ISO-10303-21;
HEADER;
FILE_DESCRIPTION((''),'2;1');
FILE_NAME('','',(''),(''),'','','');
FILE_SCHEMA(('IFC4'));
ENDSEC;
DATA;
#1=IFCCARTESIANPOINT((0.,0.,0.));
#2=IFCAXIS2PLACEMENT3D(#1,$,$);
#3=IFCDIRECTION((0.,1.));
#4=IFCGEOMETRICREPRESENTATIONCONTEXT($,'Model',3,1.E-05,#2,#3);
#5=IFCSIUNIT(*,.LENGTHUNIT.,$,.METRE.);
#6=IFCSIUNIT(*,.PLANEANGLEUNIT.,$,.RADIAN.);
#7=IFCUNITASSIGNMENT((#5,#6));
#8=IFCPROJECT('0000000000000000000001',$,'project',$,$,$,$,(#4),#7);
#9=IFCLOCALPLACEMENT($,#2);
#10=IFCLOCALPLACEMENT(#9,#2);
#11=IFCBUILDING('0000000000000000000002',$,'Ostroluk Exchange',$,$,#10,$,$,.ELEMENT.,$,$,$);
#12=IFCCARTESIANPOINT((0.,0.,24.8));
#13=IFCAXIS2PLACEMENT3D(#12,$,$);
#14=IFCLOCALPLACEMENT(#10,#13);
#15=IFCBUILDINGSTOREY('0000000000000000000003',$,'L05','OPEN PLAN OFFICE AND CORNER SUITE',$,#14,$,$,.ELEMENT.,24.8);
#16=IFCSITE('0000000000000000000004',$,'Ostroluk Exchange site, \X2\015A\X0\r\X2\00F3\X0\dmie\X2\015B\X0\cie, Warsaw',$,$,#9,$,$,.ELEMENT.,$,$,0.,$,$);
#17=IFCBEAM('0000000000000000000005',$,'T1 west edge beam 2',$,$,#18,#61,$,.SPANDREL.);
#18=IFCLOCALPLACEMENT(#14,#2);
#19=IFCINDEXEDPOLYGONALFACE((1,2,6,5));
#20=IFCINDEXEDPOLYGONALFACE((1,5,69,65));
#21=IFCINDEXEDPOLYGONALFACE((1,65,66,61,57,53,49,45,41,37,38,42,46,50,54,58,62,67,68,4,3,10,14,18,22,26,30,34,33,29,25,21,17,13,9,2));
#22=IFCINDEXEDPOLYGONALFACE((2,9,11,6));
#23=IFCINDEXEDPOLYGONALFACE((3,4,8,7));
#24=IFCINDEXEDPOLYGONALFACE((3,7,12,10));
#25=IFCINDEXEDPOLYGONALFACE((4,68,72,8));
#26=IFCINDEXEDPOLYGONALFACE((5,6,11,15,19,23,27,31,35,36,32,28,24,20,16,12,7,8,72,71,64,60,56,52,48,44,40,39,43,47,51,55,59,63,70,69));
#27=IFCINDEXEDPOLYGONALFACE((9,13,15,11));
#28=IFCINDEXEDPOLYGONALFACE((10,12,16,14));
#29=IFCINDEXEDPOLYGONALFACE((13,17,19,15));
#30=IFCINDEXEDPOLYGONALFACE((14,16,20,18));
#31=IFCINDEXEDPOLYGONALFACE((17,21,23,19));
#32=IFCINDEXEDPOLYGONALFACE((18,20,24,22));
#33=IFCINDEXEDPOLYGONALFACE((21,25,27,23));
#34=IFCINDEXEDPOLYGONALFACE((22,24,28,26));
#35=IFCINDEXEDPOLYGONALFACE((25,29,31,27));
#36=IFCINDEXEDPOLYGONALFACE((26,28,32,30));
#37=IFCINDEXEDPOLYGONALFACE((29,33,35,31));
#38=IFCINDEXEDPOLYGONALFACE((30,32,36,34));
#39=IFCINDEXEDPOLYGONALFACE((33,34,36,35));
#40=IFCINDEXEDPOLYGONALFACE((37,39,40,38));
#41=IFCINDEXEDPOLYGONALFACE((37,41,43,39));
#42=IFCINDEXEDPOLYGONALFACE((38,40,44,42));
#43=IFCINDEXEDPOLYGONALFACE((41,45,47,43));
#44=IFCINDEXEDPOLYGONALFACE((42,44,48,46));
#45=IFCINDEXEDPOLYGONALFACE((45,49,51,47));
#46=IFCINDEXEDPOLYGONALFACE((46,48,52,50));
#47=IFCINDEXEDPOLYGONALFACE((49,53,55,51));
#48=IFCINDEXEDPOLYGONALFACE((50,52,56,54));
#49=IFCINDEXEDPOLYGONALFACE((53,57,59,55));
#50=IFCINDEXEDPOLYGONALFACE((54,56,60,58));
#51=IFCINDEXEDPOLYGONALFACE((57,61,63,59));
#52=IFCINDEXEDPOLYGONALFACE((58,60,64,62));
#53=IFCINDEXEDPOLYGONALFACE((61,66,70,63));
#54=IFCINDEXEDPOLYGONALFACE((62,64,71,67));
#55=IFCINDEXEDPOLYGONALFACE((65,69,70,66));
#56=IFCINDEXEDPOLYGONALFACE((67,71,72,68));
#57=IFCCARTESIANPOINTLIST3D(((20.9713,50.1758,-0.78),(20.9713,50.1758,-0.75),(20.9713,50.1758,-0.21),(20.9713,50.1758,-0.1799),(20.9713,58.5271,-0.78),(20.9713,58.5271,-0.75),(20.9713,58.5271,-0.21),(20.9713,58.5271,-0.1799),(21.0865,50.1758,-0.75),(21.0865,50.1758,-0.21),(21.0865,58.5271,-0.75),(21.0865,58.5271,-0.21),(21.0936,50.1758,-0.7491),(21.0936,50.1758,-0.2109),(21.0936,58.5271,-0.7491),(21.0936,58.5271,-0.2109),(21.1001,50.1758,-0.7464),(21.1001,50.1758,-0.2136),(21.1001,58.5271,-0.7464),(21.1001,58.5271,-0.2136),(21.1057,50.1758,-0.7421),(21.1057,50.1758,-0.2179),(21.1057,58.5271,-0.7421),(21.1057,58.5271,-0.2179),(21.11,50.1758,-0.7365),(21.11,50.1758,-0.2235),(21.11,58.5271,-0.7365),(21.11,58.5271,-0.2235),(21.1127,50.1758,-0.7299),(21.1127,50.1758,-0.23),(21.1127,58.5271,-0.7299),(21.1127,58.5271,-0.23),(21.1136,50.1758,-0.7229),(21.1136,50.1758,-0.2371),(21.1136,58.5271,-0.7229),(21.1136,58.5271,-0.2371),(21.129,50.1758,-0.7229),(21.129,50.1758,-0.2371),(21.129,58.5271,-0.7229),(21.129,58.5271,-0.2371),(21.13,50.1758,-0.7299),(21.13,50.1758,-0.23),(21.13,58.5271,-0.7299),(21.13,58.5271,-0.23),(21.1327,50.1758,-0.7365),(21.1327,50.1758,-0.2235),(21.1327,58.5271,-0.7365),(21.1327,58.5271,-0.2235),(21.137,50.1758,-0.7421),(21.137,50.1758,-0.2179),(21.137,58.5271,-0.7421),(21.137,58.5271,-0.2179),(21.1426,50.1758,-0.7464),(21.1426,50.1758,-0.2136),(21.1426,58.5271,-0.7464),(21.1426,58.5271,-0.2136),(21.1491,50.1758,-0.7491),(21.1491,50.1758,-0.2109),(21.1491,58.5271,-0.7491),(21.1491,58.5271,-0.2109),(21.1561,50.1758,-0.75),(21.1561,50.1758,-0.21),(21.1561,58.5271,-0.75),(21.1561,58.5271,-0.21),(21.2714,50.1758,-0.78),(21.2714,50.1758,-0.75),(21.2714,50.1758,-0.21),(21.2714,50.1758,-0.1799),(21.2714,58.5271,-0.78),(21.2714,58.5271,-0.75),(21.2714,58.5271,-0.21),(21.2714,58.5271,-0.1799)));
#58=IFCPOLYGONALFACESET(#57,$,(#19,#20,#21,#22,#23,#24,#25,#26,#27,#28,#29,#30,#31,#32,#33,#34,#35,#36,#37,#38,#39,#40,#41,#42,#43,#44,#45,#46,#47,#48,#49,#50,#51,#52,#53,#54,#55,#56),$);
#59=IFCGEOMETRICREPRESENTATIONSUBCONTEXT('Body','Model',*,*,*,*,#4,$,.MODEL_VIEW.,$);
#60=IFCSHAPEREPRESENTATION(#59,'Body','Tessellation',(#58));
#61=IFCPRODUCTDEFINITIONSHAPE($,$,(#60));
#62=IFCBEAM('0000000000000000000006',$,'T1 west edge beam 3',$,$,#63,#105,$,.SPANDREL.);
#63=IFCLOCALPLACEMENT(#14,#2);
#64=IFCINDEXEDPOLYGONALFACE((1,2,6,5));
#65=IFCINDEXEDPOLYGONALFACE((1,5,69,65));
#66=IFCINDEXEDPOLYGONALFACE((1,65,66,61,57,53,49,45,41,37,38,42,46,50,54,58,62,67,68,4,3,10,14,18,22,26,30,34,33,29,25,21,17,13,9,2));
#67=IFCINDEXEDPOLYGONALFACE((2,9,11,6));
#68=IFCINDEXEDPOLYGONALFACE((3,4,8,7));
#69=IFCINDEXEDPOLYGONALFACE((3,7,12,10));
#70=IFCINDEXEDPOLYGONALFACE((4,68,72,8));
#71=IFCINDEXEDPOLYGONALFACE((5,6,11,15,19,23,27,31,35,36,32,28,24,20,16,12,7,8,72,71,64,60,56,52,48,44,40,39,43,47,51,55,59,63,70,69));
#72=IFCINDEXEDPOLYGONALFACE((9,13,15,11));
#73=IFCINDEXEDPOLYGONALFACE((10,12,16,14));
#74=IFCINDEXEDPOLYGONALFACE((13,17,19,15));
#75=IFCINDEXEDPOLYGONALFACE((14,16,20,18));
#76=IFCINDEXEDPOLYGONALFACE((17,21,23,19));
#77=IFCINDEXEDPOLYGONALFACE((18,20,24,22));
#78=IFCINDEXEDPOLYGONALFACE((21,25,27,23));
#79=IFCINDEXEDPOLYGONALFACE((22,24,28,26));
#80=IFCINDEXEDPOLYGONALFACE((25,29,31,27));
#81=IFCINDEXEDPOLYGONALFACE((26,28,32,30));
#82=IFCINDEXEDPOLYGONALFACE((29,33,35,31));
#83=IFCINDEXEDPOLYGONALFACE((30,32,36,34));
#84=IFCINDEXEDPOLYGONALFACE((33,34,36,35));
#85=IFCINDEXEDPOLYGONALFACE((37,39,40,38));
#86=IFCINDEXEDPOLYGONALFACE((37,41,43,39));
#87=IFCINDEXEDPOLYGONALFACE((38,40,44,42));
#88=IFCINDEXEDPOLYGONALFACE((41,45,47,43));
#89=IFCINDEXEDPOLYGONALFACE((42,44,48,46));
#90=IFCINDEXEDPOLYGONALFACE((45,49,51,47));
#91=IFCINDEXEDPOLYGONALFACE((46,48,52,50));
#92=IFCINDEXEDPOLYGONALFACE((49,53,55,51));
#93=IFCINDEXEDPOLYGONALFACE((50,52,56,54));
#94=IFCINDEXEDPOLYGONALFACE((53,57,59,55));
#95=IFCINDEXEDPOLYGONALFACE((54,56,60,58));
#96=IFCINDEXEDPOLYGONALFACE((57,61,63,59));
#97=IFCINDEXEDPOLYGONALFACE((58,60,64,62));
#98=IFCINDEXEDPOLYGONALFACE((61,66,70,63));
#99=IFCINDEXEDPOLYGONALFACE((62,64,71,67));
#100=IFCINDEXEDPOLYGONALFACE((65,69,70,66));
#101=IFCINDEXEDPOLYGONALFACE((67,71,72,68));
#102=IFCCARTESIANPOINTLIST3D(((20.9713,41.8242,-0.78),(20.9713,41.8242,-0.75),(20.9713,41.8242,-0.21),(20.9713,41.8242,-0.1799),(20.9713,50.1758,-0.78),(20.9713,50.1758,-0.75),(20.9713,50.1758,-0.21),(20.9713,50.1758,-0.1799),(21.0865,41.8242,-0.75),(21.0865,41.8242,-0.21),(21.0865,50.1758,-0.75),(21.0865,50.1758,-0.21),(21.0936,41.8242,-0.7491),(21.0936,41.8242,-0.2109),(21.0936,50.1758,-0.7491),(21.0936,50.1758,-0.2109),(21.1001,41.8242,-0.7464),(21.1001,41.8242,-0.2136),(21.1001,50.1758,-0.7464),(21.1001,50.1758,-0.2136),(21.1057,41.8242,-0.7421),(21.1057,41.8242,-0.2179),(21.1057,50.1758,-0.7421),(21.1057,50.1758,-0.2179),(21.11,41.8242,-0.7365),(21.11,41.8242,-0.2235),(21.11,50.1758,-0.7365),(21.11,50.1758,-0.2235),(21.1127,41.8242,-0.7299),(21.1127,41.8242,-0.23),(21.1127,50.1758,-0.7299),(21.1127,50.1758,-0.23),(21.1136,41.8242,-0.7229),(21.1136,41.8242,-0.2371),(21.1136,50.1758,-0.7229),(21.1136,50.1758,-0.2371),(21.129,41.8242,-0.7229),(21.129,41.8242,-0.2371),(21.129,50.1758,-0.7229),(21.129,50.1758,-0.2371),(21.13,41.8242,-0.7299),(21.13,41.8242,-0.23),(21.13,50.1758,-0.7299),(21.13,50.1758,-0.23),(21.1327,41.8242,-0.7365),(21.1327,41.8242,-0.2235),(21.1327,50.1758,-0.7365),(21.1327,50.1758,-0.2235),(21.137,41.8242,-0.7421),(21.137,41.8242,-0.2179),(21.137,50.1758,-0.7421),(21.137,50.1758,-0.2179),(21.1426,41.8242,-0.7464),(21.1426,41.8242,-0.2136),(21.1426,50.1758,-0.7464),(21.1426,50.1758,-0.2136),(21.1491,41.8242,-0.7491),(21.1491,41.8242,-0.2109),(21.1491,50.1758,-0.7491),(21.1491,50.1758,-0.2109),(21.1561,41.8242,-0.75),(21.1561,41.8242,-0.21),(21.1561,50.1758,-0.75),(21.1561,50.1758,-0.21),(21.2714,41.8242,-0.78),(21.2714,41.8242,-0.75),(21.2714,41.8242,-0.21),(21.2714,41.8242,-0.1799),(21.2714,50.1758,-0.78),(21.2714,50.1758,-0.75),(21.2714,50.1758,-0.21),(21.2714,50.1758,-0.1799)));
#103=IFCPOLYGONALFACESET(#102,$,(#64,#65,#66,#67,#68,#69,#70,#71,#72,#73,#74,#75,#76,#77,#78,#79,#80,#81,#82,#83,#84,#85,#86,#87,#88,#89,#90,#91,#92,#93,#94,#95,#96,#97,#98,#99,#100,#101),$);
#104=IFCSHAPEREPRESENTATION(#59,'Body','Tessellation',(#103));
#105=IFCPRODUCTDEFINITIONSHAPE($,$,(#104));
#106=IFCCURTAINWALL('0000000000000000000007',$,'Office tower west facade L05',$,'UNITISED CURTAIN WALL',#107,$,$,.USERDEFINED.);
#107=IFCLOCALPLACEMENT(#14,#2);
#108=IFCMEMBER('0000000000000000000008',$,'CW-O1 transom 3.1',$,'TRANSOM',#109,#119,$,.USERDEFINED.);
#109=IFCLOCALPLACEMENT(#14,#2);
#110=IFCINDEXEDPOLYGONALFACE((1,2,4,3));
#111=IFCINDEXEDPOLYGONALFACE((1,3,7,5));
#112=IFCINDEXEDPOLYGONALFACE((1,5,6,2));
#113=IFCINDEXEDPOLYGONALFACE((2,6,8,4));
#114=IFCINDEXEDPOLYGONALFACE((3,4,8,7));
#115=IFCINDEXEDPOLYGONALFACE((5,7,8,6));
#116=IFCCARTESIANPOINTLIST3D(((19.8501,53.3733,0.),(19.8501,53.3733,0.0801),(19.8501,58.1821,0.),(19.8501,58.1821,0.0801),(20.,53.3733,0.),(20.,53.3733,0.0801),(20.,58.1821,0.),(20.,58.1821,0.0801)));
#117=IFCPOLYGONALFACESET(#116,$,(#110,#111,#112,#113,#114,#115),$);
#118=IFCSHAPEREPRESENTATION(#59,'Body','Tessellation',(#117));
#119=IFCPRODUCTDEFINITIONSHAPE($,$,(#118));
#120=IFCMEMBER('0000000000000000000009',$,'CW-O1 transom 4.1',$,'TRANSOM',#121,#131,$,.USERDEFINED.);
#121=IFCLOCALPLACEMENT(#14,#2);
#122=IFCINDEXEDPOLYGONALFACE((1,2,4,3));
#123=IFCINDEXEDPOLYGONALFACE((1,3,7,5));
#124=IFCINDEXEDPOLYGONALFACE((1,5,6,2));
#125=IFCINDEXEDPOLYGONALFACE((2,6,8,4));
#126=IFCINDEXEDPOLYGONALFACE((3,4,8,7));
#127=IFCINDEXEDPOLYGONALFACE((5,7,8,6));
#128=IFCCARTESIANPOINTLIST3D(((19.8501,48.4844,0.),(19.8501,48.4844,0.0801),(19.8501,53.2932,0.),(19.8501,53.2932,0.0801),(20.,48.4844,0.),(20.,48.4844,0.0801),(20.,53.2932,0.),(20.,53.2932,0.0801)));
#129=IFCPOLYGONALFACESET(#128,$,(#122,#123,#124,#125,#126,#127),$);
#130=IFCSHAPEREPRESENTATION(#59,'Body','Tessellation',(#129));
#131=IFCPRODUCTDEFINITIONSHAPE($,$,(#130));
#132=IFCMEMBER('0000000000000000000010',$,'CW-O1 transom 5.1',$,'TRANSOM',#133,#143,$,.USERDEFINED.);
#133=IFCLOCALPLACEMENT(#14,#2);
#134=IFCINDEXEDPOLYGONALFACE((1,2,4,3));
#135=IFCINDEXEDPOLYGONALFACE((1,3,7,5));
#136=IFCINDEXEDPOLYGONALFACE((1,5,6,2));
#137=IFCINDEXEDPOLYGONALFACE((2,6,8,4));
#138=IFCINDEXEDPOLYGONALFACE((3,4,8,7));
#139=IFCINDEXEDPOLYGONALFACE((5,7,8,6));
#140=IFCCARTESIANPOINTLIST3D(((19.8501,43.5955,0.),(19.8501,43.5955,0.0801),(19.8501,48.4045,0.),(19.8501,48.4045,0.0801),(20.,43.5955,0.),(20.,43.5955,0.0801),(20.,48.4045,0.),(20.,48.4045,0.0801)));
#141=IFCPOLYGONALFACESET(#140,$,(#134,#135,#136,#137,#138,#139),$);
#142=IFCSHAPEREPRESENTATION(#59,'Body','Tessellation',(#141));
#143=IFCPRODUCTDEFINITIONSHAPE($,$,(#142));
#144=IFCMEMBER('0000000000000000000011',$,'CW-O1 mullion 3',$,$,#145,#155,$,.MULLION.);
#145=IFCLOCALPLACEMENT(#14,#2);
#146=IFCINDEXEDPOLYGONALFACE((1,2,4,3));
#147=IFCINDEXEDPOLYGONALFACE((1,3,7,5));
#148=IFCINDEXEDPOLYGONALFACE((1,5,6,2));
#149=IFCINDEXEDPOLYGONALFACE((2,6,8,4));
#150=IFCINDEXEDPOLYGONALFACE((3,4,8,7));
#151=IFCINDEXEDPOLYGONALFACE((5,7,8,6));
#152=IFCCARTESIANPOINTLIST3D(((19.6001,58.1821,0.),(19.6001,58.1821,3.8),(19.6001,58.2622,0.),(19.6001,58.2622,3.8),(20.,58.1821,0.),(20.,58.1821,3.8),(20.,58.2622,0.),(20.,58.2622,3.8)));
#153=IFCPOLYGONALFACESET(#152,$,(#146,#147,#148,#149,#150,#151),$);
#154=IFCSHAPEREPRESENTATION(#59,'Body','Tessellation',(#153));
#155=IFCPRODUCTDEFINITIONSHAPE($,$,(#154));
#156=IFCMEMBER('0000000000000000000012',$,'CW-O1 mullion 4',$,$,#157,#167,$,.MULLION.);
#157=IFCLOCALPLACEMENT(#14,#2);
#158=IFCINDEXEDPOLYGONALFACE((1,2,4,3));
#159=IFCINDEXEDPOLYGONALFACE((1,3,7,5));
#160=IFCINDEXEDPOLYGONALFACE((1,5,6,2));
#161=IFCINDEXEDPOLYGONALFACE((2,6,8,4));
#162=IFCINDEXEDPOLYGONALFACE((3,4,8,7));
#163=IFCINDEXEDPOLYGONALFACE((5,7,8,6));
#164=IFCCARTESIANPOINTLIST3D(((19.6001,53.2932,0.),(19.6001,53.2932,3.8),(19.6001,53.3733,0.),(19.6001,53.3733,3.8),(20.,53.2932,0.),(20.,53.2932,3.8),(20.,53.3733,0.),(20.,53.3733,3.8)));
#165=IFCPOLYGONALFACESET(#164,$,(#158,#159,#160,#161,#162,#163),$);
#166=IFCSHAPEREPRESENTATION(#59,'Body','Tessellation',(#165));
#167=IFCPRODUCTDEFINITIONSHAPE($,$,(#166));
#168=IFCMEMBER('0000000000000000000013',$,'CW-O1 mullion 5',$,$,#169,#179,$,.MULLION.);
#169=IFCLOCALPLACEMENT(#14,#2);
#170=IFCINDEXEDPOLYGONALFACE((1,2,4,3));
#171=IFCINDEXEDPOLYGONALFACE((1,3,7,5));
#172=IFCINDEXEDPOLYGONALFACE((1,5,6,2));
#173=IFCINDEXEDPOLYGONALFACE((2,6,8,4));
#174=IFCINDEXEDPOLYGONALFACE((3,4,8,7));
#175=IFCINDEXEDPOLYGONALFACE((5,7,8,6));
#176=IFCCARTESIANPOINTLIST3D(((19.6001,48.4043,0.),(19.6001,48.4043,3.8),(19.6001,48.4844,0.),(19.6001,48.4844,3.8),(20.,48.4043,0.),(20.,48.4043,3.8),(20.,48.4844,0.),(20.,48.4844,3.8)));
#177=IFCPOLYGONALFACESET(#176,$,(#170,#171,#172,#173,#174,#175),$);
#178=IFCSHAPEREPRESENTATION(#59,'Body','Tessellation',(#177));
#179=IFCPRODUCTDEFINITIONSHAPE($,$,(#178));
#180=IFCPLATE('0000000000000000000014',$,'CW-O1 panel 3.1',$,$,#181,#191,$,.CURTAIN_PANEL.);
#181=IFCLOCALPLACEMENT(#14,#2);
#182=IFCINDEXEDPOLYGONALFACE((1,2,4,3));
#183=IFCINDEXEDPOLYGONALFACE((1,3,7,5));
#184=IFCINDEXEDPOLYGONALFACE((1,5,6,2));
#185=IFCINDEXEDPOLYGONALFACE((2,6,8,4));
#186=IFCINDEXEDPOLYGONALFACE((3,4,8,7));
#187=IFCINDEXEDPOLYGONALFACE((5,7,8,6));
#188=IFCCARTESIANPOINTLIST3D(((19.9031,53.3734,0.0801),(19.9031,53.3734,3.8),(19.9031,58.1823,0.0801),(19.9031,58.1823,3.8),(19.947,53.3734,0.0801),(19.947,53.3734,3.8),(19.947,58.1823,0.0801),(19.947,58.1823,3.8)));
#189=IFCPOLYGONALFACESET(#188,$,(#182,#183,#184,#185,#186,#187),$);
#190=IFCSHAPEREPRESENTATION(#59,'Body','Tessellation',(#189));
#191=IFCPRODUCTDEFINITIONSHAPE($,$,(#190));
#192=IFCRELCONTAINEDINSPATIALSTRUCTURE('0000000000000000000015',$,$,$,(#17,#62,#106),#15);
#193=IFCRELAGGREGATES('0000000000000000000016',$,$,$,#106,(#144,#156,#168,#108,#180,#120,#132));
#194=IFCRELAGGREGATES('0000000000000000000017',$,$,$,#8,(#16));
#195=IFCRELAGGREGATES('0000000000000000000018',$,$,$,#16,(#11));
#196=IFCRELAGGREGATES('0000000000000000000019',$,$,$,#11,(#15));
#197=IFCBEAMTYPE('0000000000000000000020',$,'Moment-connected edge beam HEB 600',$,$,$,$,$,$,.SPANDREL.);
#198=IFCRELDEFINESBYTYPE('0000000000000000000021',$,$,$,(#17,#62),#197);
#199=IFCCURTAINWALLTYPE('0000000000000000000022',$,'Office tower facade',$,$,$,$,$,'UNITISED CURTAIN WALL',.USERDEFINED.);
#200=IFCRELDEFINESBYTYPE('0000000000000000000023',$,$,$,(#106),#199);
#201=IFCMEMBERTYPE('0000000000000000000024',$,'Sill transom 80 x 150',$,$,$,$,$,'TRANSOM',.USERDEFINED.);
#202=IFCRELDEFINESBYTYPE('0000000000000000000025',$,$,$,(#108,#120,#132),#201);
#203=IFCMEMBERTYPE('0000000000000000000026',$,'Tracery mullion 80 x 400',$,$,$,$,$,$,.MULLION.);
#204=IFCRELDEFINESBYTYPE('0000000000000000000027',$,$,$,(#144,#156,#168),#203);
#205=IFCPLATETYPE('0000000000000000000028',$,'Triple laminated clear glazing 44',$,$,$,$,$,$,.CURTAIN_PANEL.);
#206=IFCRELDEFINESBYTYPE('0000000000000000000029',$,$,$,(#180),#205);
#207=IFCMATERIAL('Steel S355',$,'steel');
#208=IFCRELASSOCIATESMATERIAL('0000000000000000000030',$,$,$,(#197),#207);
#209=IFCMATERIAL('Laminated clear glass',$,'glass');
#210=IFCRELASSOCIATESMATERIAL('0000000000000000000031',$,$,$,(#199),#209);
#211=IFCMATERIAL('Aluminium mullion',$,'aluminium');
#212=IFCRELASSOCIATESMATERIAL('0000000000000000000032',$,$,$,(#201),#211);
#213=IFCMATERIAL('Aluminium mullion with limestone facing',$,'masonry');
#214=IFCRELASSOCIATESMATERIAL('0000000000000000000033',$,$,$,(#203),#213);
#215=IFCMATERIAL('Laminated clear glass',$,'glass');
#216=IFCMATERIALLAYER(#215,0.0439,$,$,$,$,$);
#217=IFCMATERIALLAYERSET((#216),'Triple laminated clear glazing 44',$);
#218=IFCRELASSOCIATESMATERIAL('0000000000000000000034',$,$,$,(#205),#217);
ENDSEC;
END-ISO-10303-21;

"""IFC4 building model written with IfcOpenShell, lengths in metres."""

from ifc_helpers import new_model, si_unit, direction, frame, origin, origin_2d, place, context, subcontext, project, spatial, rectangle, i_section, extrude, material, layer, layer_set, material_profile, profile_set, type_object, element, aggregate, save


model = new_model("IFC4")

# Units and contexts
model_context = context("Model", 3, precision=1e-05, world=origin(), true_north=direction((0.0, 1.0)))
body_context = subcontext(model_context, "Body", "Model", "MODEL_VIEW")
ifc_project = project(units=[si_unit("LENGTHUNIT", "METRE"), si_unit("PLANEANGLEUNIT", "RADIAN")], contexts=[model_context])

# Site, building, storey
site_placement = place(None, origin())
site = spatial("IfcSite", under=ifc_project, at=site_placement, Name="Ostroluk Exchange site, Śródmieście, Warsaw", CompositionType="ELEMENT", RefElevation=0.0)
building_placement = place(site_placement, origin())
building = spatial("IfcBuilding", under=site, at=building_placement, Name="Ostroluk Exchange", CompositionType="ELEMENT")
storey_placement = place(building_placement, frame((0.0, 0.0, 24.8)))
storey = spatial("IfcBuildingStorey", under=building, at=storey_placement, Name="L05", Description="OPEN PLAN OFFICE AND CORNER SUITE", CompositionType="ELEMENT", Elevation=24.8)

# Beams
ifc_material_1 = material(Name="Steel S355", Category="steel")
ifc_material_profile_1 = material_profile(ifc_material_1, i_section(OverallWidth=0.3, OverallDepth=0.6001, WebThickness=0.0154, FlangeThickness=0.03, FilletRadius=0.0271, at=origin_2d()), Name="HEB 600")
ifc_profile_set_1 = profile_set([ifc_material_profile_1], Name="Steel S355")
beam_type_1 = type_object("IfcBeamType", Name="Moment-connected edge beam HEB 600", PredefinedType="SPANDREL", material=ifc_profile_set_1)
beam_1_placement = place(storey_placement, frame((21.1213, 58.5271, -0.48), z_axis=(0.0, -1.0, 0.0), x_axis=(1.0, 0.0, 0.0)))
element("IfcBeam", 1, at=beam_1_placement, inside=storey, type_object=beam_type_1, Name="T1 west edge beam 2", PredefinedType="SPANDREL", context=body_context, shape_type="SweptSolid", body=[
    extrude(i_section(OverallWidth=0.3, OverallDepth=0.6001, WebThickness=0.0154, FlangeThickness=0.03, FilletRadius=0.0271, at=origin_2d()), origin(), (0.0, 0.0, 1.0), 8.3513),
])
beam_2_placement = place(storey_placement, frame((21.1213, 50.1758, -0.48), z_axis=(0.0, -1.0, 0.0), x_axis=(1.0, 0.0, 0.0)))
element("IfcBeam", 2, at=beam_2_placement, inside=storey, type_object=beam_type_1, Name="T1 west edge beam 3", PredefinedType="SPANDREL", context=body_context, shape_type="SweptSolid", body=[
    extrude(i_section(OverallWidth=0.3, OverallDepth=0.6001, WebThickness=0.0154, FlangeThickness=0.03, FilletRadius=0.0271, at=origin_2d()), origin(), (0.0, 0.0, 1.0), 8.3516),
])

# Curtain wall, members, plate
ifc_material_2 = material(Name="Laminated clear glass", Category="glass")
curtain_wall_type = type_object("IfcCurtainWallType", Name="Office tower facade", ElementType="UNITISED CURTAIN WALL", PredefinedType="USERDEFINED", material=ifc_material_2)
curtain_wall_placement = place(storey_placement, origin())
curtain_wall = element("IfcCurtainWall", 3, at=curtain_wall_placement, inside=storey, type_object=curtain_wall_type, Name="Office tower west facade L05", ObjectType="UNITISED CURTAIN WALL", PredefinedType="USERDEFINED")
ifc_material_3 = material(Name="Aluminium mullion", Category="aluminium")
ifc_material_profile_2 = material_profile(ifc_material_3, rectangle(XDim=0.1499, YDim=0.0801, at=origin_2d()), Name="Sill transom 80 x 150")
ifc_profile_set_2 = profile_set([ifc_material_profile_2], Name="Aluminium mullion")
member_type_1 = type_object("IfcMemberType", Name="Sill transom 80 x 150", ElementType="TRANSOM", PredefinedType="USERDEFINED", material=ifc_profile_set_2)
member_1_placement = place(storey_placement, frame((19.925, 58.1821, 0.04), z_axis=(0.0, -1.0, 0.0), x_axis=(1.0, 0.0, 0.0)))
member_1 = element("IfcMember", 4, at=member_1_placement, type_object=member_type_1, Name="CW-O1 transom 3.1", ObjectType="TRANSOM", PredefinedType="USERDEFINED", context=body_context, shape_type="SweptSolid", body=[
    extrude(rectangle(XDim=0.1499, YDim=0.0801, at=origin_2d()), origin(), (0.0, 0.0, 1.0), 4.8088),
])
member_2_placement = place(storey_placement, frame((19.925, 53.2932, 0.04), z_axis=(0.0, -1.0, 0.0), x_axis=(1.0, 0.0, 0.0)))
member_2 = element("IfcMember", 5, at=member_2_placement, type_object=member_type_1, Name="CW-O1 transom 4.1", ObjectType="TRANSOM", PredefinedType="USERDEFINED", context=body_context, shape_type="SweptSolid", body=[
    extrude(rectangle(XDim=0.1499, YDim=0.0801, at=origin_2d()), origin(), (0.0, 0.0, 1.0), 4.8088),
])
member_3_placement = place(storey_placement, frame((19.925, 48.4045, 0.04), z_axis=(0.0, -1.0, 0.0), x_axis=(1.0, 0.0, 0.0)))
member_3 = element("IfcMember", 6, at=member_3_placement, type_object=member_type_1, Name="CW-O1 transom 5.1", ObjectType="TRANSOM", PredefinedType="USERDEFINED", context=body_context, shape_type="SweptSolid", body=[
    extrude(rectangle(XDim=0.1499, YDim=0.0801, at=origin_2d()), origin(), (0.0, 0.0, 1.0), 4.8091),
])
ifc_material_4 = material(Name="Aluminium mullion with limestone facing", Category="masonry")
ifc_material_profile_3 = material_profile(ifc_material_4, rectangle(XDim=0.3999, YDim=0.0801, at=origin_2d()), Name="Tracery mullion 80 x 400")
ifc_profile_set_3 = profile_set([ifc_material_profile_3], Name="Aluminium mullion with limestone facing")
member_type_2 = type_object("IfcMemberType", Name="Tracery mullion 80 x 400", PredefinedType="MULLION", material=ifc_profile_set_3)
member_4_placement = place(storey_placement, frame((19.8, 58.2222, 0.0), z_axis=(0.0, 0.0, 1.0), x_axis=(1.0, 0.0, 0.0)))
member_4 = element("IfcMember", 7, at=member_4_placement, type_object=member_type_2, Name="CW-O1 mullion 3", PredefinedType="MULLION", context=body_context, shape_type="SweptSolid", body=[
    extrude(rectangle(XDim=0.3999, YDim=0.0801, at=origin_2d()), origin(), (0.0, 0.0, 1.0), 3.8),
])
member_5_placement = place(storey_placement, frame((19.8, 53.3333, 0.0), z_axis=(0.0, 0.0, 1.0), x_axis=(1.0, 0.0, 0.0)))
member_5 = element("IfcMember", 8, at=member_5_placement, type_object=member_type_2, Name="CW-O1 mullion 4", PredefinedType="MULLION", context=body_context, shape_type="SweptSolid", body=[
    extrude(rectangle(XDim=0.3999, YDim=0.0801, at=origin_2d()), origin(), (0.0, 0.0, 1.0), 3.8),
])
member_6_placement = place(storey_placement, frame((19.8, 48.4443, 0.0), z_axis=(0.0, 0.0, 1.0), x_axis=(1.0, 0.0, 0.0)))
member_6 = element("IfcMember", 9, at=member_6_placement, type_object=member_type_2, Name="CW-O1 mullion 5", PredefinedType="MULLION", context=body_context, shape_type="SweptSolid", body=[
    extrude(rectangle(XDim=0.3999, YDim=0.0801, at=origin_2d()), origin(), (0.0, 0.0, 1.0), 3.8),
])
ifc_material_5 = material(Name="Laminated clear glass", Category="glass")
ifc_layer_1 = layer(ifc_material_5, 0.0439)
ifc_layer_set_1 = layer_set([ifc_layer_1], Name="Triple laminated clear glazing 44")
plate_type = type_object("IfcPlateType", Name="Triple laminated clear glazing 44", PredefinedType="CURTAIN_PANEL", material=ifc_layer_set_1)
plate_1_placement = place(storey_placement, frame((19.925, 55.7778, 0.0801), z_axis=(0.0, 0.0, 1.0), x_axis=(0.0, -1.0, 0.0)))
plate_1 = element("IfcPlate", 10, at=plate_1_placement, type_object=plate_type, Name="CW-O1 panel 3.1", PredefinedType="CURTAIN_PANEL", context=body_context, shape_type="SweptSolid", body=[
    extrude(rectangle(XDim=4.8088, YDim=0.0439, at=origin_2d()), origin(), (0.0, 0.0, 1.0), 3.72),
])
aggregate(curtain_wall, [member_4, member_5, member_6, member_1, plate_1, member_2, member_3])

save(model, "model.ifc")
